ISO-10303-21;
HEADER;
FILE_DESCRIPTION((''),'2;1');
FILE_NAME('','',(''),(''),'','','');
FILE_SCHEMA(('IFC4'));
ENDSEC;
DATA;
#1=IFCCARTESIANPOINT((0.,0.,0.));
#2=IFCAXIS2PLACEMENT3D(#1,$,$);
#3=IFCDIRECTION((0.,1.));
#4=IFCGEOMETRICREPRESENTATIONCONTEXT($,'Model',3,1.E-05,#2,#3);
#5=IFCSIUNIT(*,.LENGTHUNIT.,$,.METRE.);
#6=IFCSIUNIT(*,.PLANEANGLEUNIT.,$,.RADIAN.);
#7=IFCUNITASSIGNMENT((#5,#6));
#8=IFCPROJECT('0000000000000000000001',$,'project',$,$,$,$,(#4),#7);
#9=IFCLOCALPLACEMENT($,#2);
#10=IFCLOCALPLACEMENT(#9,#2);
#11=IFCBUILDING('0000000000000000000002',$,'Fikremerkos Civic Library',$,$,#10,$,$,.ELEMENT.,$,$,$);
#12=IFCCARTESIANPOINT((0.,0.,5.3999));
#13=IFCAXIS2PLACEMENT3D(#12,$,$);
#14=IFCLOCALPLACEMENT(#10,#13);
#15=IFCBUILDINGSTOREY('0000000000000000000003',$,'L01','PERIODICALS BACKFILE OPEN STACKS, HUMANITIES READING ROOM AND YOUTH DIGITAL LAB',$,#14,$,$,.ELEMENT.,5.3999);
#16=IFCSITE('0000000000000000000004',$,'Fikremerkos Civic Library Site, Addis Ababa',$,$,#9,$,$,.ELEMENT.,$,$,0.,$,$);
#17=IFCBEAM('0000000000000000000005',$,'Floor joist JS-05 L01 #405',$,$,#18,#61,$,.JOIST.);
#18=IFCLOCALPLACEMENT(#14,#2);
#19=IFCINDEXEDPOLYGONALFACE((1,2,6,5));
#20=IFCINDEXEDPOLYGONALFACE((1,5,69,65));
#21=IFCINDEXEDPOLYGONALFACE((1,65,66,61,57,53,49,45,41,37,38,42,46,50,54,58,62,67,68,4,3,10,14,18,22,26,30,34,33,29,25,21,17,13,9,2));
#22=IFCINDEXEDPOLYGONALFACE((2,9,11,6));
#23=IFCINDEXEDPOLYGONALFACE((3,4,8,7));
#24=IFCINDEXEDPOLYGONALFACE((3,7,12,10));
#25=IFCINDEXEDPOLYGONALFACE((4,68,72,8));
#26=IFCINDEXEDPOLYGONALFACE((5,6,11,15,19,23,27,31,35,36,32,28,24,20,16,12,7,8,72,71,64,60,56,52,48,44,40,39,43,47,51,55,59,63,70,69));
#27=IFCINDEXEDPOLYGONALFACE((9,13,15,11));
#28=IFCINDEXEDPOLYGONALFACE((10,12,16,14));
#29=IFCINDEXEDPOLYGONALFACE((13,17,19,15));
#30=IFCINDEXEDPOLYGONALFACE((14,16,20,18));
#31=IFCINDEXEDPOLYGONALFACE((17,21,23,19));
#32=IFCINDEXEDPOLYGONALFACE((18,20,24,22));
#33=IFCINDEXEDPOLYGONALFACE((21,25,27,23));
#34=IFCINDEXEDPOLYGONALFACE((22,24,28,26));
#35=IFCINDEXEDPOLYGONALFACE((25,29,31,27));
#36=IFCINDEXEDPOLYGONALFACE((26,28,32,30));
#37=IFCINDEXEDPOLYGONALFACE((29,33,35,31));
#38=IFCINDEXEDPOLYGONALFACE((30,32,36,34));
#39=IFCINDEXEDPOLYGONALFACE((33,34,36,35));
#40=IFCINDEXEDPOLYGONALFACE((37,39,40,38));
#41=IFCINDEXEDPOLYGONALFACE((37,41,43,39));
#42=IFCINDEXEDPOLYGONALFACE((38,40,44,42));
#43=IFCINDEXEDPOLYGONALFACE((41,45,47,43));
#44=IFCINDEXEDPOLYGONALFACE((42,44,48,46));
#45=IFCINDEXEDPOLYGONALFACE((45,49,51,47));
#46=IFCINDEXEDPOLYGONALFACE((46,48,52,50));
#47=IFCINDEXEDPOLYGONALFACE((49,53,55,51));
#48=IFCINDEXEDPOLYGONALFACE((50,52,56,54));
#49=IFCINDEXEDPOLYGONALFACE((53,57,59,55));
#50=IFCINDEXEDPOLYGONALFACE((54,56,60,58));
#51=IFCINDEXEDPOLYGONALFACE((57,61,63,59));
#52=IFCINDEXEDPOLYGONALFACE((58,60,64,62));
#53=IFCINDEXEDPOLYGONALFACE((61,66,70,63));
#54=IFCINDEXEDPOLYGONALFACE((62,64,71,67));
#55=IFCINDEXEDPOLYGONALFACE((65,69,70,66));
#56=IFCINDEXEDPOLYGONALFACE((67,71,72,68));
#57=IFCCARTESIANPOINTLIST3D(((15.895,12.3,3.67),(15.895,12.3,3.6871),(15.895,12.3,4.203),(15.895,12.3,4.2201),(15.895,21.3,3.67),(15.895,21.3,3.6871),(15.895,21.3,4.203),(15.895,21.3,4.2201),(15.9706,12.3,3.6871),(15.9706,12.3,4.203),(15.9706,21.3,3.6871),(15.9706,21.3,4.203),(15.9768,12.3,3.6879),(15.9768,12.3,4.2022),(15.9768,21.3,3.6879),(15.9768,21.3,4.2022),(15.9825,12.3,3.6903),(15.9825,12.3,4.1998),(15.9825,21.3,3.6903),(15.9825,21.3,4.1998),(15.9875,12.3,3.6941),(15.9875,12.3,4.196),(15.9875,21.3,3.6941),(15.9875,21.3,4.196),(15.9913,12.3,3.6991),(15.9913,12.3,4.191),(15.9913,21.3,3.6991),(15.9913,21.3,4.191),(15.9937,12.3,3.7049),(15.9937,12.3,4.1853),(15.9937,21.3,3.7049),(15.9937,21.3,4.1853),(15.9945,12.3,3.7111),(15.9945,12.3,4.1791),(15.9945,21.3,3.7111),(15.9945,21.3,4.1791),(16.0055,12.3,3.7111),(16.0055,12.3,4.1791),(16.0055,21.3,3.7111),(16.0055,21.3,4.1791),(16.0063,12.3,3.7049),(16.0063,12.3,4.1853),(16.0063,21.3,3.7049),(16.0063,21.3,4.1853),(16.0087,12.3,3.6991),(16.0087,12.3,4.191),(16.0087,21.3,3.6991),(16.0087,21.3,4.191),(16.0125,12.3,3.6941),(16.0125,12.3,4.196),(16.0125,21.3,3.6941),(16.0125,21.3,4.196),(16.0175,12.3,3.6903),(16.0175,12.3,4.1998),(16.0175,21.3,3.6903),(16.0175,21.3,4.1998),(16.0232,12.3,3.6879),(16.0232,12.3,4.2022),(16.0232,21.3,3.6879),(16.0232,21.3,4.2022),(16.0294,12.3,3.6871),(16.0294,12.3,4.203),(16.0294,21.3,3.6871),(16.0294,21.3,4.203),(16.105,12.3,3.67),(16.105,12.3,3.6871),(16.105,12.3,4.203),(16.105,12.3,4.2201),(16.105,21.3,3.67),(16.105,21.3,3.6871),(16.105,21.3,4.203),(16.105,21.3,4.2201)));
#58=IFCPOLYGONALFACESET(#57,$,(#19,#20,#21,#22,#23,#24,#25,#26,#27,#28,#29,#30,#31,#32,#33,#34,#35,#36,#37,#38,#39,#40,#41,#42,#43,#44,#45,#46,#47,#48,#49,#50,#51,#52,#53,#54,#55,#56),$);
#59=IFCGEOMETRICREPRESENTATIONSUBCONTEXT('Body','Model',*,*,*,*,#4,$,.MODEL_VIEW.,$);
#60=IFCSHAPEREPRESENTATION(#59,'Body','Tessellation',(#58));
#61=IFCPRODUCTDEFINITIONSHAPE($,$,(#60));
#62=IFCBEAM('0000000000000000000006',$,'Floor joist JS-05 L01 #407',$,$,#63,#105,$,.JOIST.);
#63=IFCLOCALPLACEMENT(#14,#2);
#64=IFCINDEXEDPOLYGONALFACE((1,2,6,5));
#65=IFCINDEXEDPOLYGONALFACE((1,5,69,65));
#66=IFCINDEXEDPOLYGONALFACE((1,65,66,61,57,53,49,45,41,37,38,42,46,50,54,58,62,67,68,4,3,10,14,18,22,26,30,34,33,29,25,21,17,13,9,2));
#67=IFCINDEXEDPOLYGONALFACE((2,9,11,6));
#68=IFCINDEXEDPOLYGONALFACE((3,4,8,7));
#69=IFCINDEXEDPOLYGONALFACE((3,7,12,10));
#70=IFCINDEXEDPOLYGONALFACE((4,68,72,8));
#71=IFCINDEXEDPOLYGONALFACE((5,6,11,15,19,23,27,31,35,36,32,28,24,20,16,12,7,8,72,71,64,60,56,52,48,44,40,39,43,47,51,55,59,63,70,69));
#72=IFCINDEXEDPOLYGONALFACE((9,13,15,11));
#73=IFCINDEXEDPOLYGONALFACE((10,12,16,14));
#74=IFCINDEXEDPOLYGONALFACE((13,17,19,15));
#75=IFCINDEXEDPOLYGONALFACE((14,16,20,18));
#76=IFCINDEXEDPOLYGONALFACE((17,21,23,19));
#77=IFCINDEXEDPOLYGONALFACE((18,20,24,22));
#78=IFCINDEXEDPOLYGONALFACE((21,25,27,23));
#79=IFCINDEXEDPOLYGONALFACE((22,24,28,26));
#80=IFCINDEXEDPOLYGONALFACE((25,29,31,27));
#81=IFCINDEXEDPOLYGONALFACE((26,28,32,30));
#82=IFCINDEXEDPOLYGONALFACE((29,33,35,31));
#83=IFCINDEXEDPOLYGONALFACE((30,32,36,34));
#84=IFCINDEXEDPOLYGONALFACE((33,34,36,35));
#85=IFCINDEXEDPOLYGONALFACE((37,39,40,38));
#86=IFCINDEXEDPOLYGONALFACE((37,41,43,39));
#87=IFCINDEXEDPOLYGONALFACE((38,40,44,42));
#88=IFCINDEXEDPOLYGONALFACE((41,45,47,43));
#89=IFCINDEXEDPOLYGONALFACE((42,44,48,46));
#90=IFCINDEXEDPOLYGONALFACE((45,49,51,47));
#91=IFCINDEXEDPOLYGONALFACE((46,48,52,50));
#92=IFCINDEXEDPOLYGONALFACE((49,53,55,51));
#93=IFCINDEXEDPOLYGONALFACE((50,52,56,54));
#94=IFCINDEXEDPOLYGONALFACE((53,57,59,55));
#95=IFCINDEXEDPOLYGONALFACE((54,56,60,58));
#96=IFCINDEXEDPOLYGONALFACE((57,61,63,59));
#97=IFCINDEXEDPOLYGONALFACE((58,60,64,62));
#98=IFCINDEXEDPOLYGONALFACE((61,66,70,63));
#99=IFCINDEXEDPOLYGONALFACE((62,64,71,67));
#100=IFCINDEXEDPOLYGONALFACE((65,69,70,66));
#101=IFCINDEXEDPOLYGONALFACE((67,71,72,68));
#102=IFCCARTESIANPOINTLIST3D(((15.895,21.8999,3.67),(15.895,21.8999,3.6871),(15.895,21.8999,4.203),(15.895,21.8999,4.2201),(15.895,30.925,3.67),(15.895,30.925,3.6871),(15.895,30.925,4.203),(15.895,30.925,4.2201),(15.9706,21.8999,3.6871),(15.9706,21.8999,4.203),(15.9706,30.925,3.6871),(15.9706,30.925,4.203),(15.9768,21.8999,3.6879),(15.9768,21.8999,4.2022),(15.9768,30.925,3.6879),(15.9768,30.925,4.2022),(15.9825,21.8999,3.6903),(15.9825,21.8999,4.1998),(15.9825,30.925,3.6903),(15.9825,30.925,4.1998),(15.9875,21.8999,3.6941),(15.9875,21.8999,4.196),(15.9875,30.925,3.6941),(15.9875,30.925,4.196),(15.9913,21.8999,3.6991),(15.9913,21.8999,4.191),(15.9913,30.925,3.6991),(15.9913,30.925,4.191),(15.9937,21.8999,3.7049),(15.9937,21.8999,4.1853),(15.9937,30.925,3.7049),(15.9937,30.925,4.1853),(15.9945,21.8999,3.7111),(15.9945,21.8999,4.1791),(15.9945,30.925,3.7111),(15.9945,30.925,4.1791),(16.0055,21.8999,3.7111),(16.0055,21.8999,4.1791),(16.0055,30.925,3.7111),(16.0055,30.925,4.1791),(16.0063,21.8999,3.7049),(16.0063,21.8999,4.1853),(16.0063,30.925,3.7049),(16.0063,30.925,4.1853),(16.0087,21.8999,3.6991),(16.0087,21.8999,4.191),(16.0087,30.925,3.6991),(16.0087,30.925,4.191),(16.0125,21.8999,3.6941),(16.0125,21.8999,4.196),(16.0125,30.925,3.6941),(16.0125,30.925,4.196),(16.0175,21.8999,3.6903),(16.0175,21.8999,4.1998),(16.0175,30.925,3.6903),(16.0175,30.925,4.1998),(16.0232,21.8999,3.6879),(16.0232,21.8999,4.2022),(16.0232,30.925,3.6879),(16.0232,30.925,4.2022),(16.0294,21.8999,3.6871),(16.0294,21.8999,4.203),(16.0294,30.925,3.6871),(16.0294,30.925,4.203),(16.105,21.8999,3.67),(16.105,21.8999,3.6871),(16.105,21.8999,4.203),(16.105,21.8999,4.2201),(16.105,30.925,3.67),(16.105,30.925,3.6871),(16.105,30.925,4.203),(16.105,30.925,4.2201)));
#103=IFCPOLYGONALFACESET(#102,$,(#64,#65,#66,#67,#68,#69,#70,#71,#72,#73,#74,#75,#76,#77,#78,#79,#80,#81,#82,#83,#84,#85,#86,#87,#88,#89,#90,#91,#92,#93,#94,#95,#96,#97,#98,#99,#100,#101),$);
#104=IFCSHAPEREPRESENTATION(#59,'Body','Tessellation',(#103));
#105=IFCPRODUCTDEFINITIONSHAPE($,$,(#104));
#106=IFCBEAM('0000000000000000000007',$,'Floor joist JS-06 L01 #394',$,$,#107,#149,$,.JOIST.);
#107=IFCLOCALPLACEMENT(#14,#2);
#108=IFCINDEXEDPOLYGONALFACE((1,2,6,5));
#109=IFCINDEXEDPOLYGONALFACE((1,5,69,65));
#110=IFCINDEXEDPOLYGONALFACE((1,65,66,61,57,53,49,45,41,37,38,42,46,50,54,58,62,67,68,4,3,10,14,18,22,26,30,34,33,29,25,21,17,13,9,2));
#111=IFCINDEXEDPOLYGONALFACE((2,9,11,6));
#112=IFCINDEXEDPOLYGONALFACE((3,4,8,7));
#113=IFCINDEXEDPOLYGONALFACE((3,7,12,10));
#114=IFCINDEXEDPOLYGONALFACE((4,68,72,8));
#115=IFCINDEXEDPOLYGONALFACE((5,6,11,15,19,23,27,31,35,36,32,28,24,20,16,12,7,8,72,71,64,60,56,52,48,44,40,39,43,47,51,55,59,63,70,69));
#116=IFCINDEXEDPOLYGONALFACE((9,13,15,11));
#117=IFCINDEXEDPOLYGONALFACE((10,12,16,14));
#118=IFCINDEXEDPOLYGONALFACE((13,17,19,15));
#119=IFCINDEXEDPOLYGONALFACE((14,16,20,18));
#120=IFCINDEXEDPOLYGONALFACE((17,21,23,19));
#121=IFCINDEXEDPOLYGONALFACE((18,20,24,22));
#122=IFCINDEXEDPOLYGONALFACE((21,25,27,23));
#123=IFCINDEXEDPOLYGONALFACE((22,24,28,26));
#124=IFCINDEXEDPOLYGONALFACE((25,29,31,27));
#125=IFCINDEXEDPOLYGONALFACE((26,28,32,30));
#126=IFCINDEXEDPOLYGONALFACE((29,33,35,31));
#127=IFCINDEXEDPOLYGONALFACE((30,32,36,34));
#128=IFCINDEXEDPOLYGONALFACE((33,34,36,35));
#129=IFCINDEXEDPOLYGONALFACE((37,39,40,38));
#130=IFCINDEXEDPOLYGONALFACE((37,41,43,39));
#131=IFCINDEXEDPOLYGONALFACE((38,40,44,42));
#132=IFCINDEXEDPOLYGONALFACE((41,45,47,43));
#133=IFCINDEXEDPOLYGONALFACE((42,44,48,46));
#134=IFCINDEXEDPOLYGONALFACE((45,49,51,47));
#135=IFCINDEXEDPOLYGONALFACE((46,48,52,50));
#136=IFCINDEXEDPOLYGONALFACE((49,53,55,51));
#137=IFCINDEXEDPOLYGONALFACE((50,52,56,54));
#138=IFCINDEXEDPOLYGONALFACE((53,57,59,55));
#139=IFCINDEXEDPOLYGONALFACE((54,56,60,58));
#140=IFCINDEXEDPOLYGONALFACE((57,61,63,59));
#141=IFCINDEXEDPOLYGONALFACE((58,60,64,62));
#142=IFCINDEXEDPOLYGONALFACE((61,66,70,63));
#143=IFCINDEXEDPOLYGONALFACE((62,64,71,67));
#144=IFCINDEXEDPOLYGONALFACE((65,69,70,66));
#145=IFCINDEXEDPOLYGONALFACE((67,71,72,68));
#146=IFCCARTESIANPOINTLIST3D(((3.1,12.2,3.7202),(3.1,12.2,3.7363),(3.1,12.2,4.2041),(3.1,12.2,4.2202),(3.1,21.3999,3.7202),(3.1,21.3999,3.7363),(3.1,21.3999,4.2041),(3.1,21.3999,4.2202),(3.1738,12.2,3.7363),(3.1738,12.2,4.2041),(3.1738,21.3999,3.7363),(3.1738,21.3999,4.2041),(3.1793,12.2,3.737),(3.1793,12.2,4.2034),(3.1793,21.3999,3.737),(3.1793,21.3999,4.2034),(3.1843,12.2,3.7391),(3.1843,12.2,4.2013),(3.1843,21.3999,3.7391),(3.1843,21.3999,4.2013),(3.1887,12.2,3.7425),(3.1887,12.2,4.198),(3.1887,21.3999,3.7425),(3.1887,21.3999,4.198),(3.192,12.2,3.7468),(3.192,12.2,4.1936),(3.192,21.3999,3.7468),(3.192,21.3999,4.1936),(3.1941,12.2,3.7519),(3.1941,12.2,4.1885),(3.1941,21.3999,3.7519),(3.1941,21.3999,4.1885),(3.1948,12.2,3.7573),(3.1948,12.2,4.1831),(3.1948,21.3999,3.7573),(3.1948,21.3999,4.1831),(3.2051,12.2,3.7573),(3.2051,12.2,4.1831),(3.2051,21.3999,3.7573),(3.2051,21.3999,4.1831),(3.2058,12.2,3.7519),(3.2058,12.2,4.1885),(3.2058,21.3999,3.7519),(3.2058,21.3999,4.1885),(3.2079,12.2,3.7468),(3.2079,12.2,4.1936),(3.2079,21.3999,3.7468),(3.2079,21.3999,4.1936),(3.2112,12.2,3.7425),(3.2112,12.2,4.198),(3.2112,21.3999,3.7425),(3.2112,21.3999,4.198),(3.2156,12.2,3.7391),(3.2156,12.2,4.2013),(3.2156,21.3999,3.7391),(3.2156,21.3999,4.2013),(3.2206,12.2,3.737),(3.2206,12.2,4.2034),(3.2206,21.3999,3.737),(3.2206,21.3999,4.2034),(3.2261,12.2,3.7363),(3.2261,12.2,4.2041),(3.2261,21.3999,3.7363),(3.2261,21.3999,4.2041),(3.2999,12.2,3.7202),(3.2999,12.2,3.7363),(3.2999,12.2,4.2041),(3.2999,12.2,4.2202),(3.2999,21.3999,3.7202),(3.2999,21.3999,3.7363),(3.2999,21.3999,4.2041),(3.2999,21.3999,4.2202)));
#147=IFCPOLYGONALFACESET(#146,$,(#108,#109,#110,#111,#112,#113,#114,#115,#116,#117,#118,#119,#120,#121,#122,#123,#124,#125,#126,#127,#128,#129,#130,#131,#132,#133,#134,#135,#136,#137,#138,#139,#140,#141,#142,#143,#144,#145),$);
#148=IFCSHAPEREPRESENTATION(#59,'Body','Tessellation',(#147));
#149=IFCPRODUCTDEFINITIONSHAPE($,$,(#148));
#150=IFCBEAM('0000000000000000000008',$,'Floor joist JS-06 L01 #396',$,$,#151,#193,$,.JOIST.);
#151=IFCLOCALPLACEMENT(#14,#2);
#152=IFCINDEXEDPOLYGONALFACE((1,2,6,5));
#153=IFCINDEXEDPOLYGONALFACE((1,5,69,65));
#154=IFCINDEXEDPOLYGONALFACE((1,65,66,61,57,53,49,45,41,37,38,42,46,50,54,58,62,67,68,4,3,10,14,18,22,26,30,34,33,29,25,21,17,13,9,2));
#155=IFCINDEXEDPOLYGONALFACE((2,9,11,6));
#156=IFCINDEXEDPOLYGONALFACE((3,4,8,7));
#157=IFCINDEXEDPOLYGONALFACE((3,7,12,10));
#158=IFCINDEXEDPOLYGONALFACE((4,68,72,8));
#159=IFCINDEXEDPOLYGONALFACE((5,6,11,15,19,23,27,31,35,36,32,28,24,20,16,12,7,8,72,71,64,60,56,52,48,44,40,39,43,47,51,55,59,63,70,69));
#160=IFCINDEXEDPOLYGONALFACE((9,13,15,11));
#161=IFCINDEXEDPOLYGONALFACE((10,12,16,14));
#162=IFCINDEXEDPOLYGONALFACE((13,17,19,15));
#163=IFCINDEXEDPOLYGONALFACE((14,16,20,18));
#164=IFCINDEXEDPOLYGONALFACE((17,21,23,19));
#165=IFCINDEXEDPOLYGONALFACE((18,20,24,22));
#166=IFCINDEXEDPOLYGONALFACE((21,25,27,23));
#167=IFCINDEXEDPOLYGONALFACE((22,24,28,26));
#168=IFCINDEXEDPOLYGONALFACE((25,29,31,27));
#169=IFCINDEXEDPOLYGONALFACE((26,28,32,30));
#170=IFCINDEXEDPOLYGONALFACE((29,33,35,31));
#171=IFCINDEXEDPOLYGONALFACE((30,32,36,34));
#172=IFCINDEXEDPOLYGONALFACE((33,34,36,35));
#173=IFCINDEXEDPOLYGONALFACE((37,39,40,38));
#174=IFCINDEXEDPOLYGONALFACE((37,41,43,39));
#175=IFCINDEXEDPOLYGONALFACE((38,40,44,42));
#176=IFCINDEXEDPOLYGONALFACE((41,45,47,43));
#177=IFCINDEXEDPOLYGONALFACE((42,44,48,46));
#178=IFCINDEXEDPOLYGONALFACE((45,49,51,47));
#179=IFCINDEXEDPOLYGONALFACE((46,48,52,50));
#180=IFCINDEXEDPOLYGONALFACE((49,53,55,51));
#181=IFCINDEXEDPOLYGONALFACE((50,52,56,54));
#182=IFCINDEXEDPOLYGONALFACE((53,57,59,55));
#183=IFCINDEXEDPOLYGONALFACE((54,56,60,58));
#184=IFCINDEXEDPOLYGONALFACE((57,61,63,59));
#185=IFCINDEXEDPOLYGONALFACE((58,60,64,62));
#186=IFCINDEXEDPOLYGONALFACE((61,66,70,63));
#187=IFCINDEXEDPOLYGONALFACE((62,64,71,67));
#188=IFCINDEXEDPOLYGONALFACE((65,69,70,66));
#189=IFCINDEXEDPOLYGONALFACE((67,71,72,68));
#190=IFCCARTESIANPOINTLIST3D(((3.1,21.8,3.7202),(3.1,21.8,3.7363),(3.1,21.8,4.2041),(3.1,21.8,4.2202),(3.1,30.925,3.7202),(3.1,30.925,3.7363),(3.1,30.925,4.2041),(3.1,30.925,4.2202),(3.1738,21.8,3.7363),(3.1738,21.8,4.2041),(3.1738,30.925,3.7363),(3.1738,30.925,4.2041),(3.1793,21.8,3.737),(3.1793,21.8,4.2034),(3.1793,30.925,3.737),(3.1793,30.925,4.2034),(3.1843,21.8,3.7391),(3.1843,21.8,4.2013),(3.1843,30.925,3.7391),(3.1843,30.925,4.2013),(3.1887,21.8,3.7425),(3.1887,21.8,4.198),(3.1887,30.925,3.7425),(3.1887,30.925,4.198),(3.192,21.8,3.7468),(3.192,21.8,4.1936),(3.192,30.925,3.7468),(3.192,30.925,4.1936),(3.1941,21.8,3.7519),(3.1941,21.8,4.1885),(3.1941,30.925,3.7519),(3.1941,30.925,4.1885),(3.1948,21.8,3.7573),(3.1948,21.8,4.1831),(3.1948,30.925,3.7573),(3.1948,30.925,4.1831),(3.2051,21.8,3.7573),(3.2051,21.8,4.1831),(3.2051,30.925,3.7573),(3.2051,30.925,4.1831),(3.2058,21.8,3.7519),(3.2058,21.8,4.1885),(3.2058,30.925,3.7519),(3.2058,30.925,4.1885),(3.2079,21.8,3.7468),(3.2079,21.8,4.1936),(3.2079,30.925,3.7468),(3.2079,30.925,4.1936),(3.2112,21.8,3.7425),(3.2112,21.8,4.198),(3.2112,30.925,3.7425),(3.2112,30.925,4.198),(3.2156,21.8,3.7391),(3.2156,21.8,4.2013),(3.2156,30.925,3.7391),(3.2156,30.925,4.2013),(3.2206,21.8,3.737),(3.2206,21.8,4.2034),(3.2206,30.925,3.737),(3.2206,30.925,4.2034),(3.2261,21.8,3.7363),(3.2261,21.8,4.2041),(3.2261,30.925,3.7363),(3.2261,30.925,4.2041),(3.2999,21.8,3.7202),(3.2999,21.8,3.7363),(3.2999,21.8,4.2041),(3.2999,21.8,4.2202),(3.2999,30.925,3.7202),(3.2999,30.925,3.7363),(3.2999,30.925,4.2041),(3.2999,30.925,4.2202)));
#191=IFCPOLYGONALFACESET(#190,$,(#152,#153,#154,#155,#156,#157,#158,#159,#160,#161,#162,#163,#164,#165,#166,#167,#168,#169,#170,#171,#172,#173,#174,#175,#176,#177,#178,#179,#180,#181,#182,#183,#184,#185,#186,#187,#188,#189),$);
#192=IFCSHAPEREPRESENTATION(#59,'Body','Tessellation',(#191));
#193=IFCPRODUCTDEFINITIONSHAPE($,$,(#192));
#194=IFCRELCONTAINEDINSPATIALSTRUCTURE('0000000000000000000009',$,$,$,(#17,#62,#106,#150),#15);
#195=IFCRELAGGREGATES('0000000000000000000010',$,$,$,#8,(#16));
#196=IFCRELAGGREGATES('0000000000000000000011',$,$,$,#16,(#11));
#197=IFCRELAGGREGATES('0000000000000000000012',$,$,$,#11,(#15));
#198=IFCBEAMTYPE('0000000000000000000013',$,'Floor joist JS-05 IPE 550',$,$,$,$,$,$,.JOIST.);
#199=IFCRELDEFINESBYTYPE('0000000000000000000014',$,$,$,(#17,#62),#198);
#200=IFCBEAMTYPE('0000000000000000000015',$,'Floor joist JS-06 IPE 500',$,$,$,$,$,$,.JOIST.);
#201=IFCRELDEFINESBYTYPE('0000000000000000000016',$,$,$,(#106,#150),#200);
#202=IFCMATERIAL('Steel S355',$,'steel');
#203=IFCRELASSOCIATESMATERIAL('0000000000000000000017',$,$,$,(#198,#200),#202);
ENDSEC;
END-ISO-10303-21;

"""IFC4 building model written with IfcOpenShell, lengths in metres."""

from ifc_helpers import new_model, si_unit, direction, frame, origin, origin_2d, place, context, subcontext, project, spatial, i_section, extrude, material, material_profile, profile_set, type_object, element, save


model = new_model("IFC4")

# Units and contexts
model_context = context("Model", 3, precision=1e-05, world=origin(), true_north=direction((0.0, 1.0)))
body_context = subcontext(model_context, "Body", "Model", "MODEL_VIEW")
ifc_project = project(units=[si_unit("LENGTHUNIT", "METRE"), si_unit("PLANEANGLEUNIT", "RADIAN")], contexts=[model_context])

# Site, building, storey
site_placement = place(None, origin())
site = spatial("IfcSite", under=ifc_project, at=site_placement, Name="Fikremerkos Civic Library Site, Addis Ababa", CompositionType="ELEMENT", RefElevation=0.0)
building_placement = place(site_placement, origin())
building = spatial("IfcBuilding", under=site, at=building_placement, Name="Fikremerkos Civic Library", CompositionType="ELEMENT")
storey_placement = place(building_placement, frame((0.0, 0.0, 5.3999)))
storey = spatial("IfcBuildingStorey", under=building, at=storey_placement, Name="L01", Description="PERIODICALS BACKFILE OPEN STACKS, HUMANITIES READING ROOM AND YOUTH DIGITAL LAB", CompositionType="ELEMENT", Elevation=5.3999)

# Beams
ifc_material_1 = material(Name="Steel S355", Category="steel")
ifc_material_profile_1 = material_profile(ifc_material_1, i_section(OverallWidth=0.21, OverallDepth=0.55, WebThickness=0.011, FlangeThickness=0.0171, FilletRadius=0.0239, at=origin_2d()), Name="IPE 550")
ifc_profile_set_1 = profile_set([ifc_material_profile_1], Name="Steel S355")
beam_type_1 = type_object("IfcBeamType", Name="Floor joist JS-05 IPE 550", PredefinedType="JOIST", material=ifc_profile_set_1)
beam_1_placement = place(storey_placement, frame((16.0, 12.3, 3.9451), z_axis=(0.0, 1.0, 0.0), x_axis=(-1.0, 0.0, 0.0)))
element("IfcBeam", 1, at=beam_1_placement, inside=storey, type_object=beam_type_1, Name="Floor joist JS-05 L01 #405", PredefinedType="JOIST", context=body_context, shape_type="SweptSolid", body=[
    extrude(i_section(OverallWidth=0.21, OverallDepth=0.55, WebThickness=0.011, FlangeThickness=0.0171, FilletRadius=0.0239, at=origin_2d()), origin(), (0.0, 0.0, 1.0), 9.0),
])
beam_2_placement = place(storey_placement, frame((16.0, 21.8999, 3.9451), z_axis=(0.0, 1.0, 0.0), x_axis=(-1.0, 0.0, 0.0)))
element("IfcBeam", 2, at=beam_2_placement, inside=storey, type_object=beam_type_1, Name="Floor joist JS-05 L01 #407", PredefinedType="JOIST", context=body_context, shape_type="SweptSolid", body=[
    extrude(i_section(OverallWidth=0.21, OverallDepth=0.55, WebThickness=0.011, FlangeThickness=0.0171, FilletRadius=0.0239, at=origin_2d()), origin(), (0.0, 0.0, 1.0), 9.0251),
])
ifc_material_profile_2 = material_profile(ifc_material_1, i_section(OverallWidth=0.2, OverallDepth=0.5, WebThickness=0.0103, FlangeThickness=0.0161, FilletRadius=0.021, at=origin_2d()), Name="IPE 500")
ifc_profile_set_2 = profile_set([ifc_material_profile_2], Name="Steel S355")
beam_type_2 = type_object("IfcBeamType", Name="Floor joist JS-06 IPE 500", PredefinedType="JOIST", material=ifc_profile_set_2)
beam_3_placement = place(storey_placement, frame((3.2, 12.2, 3.9702), z_axis=(0.0, 1.0, 0.0), x_axis=(-1.0, 0.0, 0.0)))
element("IfcBeam", 3, at=beam_3_placement, inside=storey, type_object=beam_type_2, Name="Floor joist JS-06 L01 #394", PredefinedType="JOIST", context=body_context, shape_type="SweptSolid", body=[
    extrude(i_section(OverallWidth=0.2, OverallDepth=0.5, WebThickness=0.0103, FlangeThickness=0.0161, FilletRadius=0.021, at=origin_2d()), origin(), (0.0, 0.0, 1.0), 9.2),
])
beam_4_placement = place(storey_placement, frame((3.2, 21.8, 3.9702), z_axis=(0.0, 1.0, 0.0), x_axis=(-1.0, 0.0, 0.0)))
element("IfcBeam", 4, at=beam_4_placement, inside=storey, type_object=beam_type_2, Name="Floor joist JS-06 L01 #396", PredefinedType="JOIST", context=body_context, shape_type="SweptSolid", body=[
    extrude(i_section(OverallWidth=0.2, OverallDepth=0.5, WebThickness=0.0103, FlangeThickness=0.0161, FilletRadius=0.021, at=origin_2d()), origin(), (0.0, 0.0, 1.0), 9.125),
])

save(model, "model.ifc")
